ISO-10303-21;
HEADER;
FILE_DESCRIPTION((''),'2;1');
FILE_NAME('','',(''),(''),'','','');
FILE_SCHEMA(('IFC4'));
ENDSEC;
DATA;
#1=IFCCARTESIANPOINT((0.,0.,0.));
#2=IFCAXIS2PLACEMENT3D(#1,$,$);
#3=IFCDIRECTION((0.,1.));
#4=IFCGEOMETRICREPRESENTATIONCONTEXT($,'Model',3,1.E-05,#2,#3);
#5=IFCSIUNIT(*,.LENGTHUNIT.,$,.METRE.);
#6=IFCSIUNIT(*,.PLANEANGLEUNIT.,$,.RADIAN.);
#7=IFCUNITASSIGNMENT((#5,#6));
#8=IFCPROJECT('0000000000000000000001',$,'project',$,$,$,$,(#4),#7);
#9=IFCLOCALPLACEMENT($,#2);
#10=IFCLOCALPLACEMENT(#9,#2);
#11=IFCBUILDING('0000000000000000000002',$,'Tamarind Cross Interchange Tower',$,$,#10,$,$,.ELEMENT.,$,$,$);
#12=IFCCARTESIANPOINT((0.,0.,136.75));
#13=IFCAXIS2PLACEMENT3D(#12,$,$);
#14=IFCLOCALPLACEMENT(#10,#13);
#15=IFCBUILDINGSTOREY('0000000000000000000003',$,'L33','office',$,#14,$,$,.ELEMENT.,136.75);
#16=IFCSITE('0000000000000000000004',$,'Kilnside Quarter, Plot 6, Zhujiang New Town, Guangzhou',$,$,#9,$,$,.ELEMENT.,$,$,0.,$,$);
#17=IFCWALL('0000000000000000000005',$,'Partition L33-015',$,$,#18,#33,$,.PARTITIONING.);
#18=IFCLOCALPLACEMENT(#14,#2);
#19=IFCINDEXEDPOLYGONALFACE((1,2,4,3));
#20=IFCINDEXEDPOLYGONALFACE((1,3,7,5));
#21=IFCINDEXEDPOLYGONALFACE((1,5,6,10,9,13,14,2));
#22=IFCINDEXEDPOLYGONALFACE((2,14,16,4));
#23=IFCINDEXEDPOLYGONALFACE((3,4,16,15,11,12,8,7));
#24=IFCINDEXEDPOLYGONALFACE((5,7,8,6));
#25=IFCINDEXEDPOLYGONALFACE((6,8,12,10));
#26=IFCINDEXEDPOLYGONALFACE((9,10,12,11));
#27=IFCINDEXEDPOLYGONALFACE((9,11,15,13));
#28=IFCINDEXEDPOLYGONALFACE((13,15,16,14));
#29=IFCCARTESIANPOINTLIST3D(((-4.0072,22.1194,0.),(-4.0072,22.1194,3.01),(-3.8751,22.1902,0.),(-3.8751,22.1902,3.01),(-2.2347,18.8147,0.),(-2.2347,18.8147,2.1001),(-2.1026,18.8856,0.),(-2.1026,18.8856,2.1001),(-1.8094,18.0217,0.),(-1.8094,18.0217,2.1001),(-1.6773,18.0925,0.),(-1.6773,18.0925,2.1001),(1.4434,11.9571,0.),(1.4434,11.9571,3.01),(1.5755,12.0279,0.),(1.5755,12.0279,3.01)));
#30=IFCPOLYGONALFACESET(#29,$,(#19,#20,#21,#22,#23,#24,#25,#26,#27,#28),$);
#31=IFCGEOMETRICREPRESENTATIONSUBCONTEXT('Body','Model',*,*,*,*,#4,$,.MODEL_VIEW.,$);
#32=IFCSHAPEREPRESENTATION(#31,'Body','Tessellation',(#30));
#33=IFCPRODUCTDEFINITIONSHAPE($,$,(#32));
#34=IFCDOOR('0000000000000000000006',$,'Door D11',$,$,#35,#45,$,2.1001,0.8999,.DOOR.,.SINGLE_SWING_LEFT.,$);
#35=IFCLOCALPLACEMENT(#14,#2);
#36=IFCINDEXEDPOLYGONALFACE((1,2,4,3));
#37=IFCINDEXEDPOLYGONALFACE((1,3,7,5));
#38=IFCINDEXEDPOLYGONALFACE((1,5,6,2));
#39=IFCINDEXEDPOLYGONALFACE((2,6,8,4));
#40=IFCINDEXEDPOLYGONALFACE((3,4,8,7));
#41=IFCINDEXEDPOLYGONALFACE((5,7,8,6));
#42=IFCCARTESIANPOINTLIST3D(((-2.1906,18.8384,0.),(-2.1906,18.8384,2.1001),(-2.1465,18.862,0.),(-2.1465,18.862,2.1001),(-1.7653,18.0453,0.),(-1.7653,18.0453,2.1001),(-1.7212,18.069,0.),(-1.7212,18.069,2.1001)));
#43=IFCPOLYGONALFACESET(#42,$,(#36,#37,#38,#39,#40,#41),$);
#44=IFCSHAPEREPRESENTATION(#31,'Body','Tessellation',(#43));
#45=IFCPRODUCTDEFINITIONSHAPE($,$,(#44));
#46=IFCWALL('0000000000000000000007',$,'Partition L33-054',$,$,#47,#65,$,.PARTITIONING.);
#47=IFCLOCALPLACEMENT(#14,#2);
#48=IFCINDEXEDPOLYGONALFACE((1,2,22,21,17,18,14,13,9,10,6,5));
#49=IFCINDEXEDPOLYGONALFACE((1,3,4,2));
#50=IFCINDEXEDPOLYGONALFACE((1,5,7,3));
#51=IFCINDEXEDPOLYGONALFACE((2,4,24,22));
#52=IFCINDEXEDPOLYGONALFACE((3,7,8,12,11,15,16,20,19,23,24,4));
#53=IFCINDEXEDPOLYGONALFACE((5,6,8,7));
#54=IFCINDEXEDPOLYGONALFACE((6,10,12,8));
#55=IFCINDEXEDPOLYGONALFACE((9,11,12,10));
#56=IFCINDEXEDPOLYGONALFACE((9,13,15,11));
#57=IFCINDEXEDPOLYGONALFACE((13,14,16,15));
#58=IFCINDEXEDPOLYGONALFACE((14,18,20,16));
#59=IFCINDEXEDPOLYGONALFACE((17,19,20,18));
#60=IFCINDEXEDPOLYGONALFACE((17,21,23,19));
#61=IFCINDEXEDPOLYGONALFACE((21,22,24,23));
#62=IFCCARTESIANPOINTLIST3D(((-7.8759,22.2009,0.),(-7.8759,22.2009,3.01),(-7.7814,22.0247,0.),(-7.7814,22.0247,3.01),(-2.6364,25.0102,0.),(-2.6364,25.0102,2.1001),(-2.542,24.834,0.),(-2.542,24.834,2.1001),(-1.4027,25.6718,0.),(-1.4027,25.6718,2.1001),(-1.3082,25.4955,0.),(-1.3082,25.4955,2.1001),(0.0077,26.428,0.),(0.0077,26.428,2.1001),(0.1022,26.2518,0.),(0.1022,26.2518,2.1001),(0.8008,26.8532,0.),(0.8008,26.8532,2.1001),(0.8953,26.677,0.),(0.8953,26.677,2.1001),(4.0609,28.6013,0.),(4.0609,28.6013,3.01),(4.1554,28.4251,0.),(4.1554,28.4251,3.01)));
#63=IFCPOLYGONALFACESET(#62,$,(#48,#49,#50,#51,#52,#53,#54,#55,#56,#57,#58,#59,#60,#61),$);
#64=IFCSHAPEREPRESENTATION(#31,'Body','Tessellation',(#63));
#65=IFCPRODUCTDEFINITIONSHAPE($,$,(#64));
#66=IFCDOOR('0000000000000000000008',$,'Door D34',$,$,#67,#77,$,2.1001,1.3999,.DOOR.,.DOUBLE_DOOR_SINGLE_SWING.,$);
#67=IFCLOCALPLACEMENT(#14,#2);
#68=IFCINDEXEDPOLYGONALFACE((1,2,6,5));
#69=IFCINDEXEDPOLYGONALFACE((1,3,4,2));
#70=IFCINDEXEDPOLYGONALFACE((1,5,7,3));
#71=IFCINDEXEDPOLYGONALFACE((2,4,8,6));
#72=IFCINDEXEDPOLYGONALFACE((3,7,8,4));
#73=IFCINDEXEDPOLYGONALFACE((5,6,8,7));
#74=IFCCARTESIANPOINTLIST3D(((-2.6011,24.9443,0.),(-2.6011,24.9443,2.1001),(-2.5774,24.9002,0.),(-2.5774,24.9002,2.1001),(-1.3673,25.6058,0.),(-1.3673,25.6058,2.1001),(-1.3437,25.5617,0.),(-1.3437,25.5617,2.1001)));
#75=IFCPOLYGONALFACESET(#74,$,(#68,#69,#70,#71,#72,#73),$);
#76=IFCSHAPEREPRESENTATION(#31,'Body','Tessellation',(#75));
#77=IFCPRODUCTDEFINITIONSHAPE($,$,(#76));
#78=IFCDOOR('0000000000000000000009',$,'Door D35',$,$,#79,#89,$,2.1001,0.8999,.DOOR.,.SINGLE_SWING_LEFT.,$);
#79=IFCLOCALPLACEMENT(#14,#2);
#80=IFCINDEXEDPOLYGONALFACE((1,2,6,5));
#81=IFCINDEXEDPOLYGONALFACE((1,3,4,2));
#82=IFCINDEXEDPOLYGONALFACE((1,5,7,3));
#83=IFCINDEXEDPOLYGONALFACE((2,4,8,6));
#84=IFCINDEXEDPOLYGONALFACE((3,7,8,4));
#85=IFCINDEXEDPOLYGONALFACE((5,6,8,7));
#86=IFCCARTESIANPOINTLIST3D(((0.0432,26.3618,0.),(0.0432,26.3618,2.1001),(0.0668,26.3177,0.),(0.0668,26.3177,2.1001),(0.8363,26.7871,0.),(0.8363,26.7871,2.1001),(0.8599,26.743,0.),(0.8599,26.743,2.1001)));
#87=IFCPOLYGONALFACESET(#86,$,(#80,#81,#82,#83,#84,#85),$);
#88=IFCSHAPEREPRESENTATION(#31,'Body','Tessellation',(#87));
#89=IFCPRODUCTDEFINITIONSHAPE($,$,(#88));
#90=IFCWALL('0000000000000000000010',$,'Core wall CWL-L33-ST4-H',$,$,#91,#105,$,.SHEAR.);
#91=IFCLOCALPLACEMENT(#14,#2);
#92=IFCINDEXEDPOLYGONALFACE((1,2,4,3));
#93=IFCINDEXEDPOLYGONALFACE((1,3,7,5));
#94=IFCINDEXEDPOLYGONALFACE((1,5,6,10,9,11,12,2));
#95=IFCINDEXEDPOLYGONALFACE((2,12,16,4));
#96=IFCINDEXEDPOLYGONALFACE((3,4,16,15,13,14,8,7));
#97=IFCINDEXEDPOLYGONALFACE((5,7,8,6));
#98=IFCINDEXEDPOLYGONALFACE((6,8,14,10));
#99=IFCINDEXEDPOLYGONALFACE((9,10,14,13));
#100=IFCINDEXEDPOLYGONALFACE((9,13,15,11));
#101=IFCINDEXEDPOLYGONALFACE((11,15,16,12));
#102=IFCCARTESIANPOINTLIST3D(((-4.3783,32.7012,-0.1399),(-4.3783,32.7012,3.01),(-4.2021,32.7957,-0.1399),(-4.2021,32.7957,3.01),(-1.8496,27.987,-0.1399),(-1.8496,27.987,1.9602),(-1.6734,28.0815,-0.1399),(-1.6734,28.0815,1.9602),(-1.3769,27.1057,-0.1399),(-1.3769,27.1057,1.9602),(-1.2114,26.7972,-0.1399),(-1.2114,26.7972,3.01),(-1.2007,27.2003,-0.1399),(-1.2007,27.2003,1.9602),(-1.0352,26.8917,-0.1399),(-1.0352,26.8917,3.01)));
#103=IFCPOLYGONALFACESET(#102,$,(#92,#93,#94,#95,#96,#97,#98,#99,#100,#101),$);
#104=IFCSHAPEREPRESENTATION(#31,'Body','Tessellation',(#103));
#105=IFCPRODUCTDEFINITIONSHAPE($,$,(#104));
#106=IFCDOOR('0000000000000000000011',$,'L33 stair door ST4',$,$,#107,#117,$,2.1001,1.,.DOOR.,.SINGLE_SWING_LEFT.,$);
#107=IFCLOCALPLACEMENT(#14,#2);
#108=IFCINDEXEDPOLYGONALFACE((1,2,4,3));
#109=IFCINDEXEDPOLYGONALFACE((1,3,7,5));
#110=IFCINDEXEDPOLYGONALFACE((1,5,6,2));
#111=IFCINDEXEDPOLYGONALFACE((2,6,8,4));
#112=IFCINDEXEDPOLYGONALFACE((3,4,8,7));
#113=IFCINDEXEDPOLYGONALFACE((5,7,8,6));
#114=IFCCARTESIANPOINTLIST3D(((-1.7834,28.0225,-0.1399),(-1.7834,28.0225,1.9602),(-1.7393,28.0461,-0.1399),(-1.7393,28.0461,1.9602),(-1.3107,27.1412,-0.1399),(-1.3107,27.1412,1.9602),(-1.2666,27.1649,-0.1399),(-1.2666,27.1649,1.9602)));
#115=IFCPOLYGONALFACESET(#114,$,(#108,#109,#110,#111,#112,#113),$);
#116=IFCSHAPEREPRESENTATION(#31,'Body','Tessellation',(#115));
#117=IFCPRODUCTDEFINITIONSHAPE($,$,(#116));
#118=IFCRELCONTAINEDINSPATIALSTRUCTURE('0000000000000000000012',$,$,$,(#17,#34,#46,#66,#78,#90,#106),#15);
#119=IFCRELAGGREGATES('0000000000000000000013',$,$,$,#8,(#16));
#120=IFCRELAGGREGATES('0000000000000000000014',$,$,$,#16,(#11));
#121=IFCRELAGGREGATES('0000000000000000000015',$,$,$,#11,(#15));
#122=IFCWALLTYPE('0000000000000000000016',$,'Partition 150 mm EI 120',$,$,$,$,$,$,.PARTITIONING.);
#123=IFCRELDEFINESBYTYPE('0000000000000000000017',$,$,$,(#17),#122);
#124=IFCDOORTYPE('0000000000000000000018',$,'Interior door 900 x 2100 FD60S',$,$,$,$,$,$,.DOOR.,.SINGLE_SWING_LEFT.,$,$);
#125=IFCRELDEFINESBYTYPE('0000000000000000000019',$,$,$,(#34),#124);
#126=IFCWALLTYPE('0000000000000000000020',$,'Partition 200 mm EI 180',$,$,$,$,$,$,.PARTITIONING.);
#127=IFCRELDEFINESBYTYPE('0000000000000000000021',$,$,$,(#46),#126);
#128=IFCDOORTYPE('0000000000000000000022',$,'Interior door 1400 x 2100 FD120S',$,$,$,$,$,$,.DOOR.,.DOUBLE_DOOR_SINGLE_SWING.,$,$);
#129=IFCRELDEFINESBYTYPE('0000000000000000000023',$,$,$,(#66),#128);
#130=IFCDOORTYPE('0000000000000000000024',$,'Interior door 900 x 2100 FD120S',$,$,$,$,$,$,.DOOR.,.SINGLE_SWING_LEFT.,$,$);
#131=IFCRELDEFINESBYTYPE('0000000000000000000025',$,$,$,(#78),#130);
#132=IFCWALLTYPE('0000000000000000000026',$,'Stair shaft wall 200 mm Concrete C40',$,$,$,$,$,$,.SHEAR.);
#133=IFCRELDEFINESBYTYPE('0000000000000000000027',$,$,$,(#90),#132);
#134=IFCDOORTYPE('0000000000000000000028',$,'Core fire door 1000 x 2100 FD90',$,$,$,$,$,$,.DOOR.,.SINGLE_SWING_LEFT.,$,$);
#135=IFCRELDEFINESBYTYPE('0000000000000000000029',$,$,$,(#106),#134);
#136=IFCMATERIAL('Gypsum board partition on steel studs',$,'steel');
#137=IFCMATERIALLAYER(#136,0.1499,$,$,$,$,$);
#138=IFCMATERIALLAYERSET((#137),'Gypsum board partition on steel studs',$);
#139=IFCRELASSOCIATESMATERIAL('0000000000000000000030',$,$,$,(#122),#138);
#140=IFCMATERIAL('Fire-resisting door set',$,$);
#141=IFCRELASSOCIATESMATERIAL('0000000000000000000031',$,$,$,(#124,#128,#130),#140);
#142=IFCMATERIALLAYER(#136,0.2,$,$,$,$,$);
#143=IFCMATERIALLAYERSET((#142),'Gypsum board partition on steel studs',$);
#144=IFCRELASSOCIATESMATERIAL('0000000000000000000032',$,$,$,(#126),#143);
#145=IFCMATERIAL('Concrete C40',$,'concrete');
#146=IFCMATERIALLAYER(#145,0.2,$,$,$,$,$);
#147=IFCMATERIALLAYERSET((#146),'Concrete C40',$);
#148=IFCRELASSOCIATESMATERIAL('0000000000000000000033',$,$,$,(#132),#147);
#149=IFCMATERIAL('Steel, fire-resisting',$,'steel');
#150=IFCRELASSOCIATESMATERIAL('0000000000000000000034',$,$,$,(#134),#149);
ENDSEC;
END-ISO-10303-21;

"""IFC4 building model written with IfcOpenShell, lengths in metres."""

from ifc_helpers import new_model, si_unit, direction, frame, frame_2d, origin, place, context, subcontext, project, spatial, rectangle, extrude, material, layer, layer_set, type_object, element, fill, save


model = new_model("IFC4")

# Units and contexts
model_context = context("Model", 3, precision=1e-05, world=origin(), true_north=direction((0.0, 1.0)))
body_context = subcontext(model_context, "Body", "Model", "MODEL_VIEW")
ifc_project = project(units=[si_unit("LENGTHUNIT", "METRE"), si_unit("PLANEANGLEUNIT", "RADIAN")], contexts=[model_context])

# Site, building, storey
site_placement = place(None, origin())
site = spatial("IfcSite", under=ifc_project, at=site_placement, Name="Kilnside Quarter, Plot 6, Zhujiang New Town, Guangzhou", CompositionType="ELEMENT", RefElevation=0.0)
building_placement = place(site_placement, origin())
building = spatial("IfcBuilding", under=site, at=building_placement, Name="Tamarind Cross Interchange Tower", CompositionType="ELEMENT")
storey_placement = place(building_placement, frame((0.0, 0.0, 136.75)))
storey = spatial("IfcBuildingStorey", under=building, at=storey_placement, Name="L33", Description="office", CompositionType="ELEMENT", Elevation=136.75)

# Shared definitions
ifc_material_1 = material(Name="Gypsum board partition on steel studs", Category="steel")
ifc_layer_1 = layer(ifc_material_1, 0.1499)
ifc_layer_set_1 = layer_set([ifc_layer_1], Name="Gypsum board partition on steel studs")
wall_type_1 = type_object("IfcWallType", Name="Partition 150 mm EI 120", PredefinedType="PARTITIONING", material=ifc_layer_set_1)

# Wall, opening, door
wall_1_placement = place(storey_placement, frame((-3.9412, 22.1548, 0.0), z_axis=(0.0, 0.0, 1.0), x_axis=(0.472664, -0.881243, 0.0)))
wall_1 = element("IfcWall", 1, at=wall_1_placement, inside=storey, type_object=wall_type_1, Name="Partition L33-015", PredefinedType="PARTITIONING", context=body_context, shape_type="SweptSolid", body=[
    extrude(rectangle(XDim=11.5317, YDim=0.1499, at=frame_2d((5.7659, 0.0))), origin(), (0.0, 0.0, 1.0), 3.01),
])
opening_1_placement = place(wall_1_placement, frame((3.75, 0.0, 0.0)))
opening_1 = element("IfcOpeningElement", 2, at=opening_1_placement, cuts=wall_1, PredefinedType="OPENING", context=body_context, shape_type="SweptSolid", body=[
    extrude(rectangle(XDim=0.8999, YDim=2.1001, at=frame_2d((0.45, 1.05))), frame((0.0, 0.085, 0.0), z_axis=(0.0, -1.0, 0.0), x_axis=(1.0, 0.0, 0.0)), (0.0, 0.0, 1.0), 0.1699),
])
ifc_material_2 = material(Name="Fire-resisting door set")
door_type_1 = type_object("IfcDoorType", Name="Interior door 900 x 2100 FD60S", OperationType="SINGLE_SWING_LEFT", PredefinedType="DOOR", material=ifc_material_2)
door_1_placement = place(opening_1_placement, frame((0.8999, 0.0, 0.0), z_axis=(0.0, 0.0, 1.0), x_axis=(-1.0, 0.0, 0.0)))
door_1 = element("IfcDoor", 3, at=door_1_placement, inside=storey, type_object=door_type_1, Name="Door D11", OperationType="SINGLE_SWING_LEFT", OverallHeight=2.1001, OverallWidth=0.8999, PredefinedType="DOOR", context=body_context, shape_type="SweptSolid", body=[
    extrude(rectangle(XDim=0.8999, YDim=2.1001, at=frame_2d((0.45, 1.05))), frame((0.0, 0.0249, 0.0), z_axis=(0.0, -1.0, 0.0), x_axis=(1.0, 0.0, 0.0)), (0.0, 0.0, 1.0), 0.05),
])
fill(opening_1, door_1)

# Wall, openings, doors
ifc_layer_2 = layer(ifc_material_1, 0.2)
ifc_layer_set_2 = layer_set([ifc_layer_2], Name="Gypsum board partition on steel studs")
wall_type_2 = type_object("IfcWallType", Name="Partition 200 mm EI 180", PredefinedType="PARTITIONING", material=ifc_layer_set_2)
wall_2_placement = place(storey_placement, frame((-7.8286, 22.1128, 0.0), z_axis=(0.0, 0.0, 1.0), x_axis=(0.881305, 0.472548, 0.0)))
wall_2 = element("IfcWall", 4, at=wall_2_placement, inside=storey, type_object=wall_type_2, Name="Partition L33-054", PredefinedType="PARTITIONING", context=body_context, shape_type="SweptSolid", body=[
    extrude(rectangle(XDim=13.5444, YDim=0.2, at=frame_2d((6.7722, 0.0))), origin(), (0.0, 0.0, 1.0), 3.01),
])
opening_2_placement = place(wall_2_placement, frame((5.9451, 0.0, 0.0)))
opening_2 = element("IfcOpeningElement", 5, at=opening_2_placement, cuts=wall_2, PredefinedType="OPENING", context=body_context, shape_type="SweptSolid", body=[
    extrude(rectangle(XDim=1.3999, YDim=2.1001, at=frame_2d((0.7, 1.05))), frame((0.0, 0.1099, 0.0), z_axis=(0.0, -1.0, 0.0), x_axis=(1.0, 0.0, 0.0)), (0.0, 0.0, 1.0), 0.22),
])
opening_3_placement = place(wall_2_placement, frame((8.9453, 0.0, 0.0)))
opening_3 = element("IfcOpeningElement", 6, at=opening_3_placement, cuts=wall_2, PredefinedType="OPENING", context=body_context, shape_type="SweptSolid", body=[
    extrude(rectangle(XDim=0.8999, YDim=2.1001, at=frame_2d((0.45, 1.05))), frame((0.0, 0.1099, 0.0), z_axis=(0.0, -1.0, 0.0), x_axis=(1.0, 0.0, 0.0)), (0.0, 0.0, 1.0), 0.22),
])
door_type_2 = type_object("IfcDoorType", Name="Interior door 1400 x 2100 FD120S", OperationType="DOUBLE_DOOR_SINGLE_SWING", PredefinedType="DOOR", material=ifc_material_2)
door_2_placement = place(opening_2_placement, frame((1.3999, 0.0, 0.0), z_axis=(0.0, 0.0, 1.0), x_axis=(-1.0, 0.0, 0.0)))
door_2 = element("IfcDoor", 7, at=door_2_placement, inside=storey, type_object=door_type_2, Name="Door D34", OperationType="DOUBLE_DOOR_SINGLE_SWING", OverallHeight=2.1001, OverallWidth=1.3999, PredefinedType="DOOR", context=body_context, shape_type="SweptSolid", body=[
    extrude(rectangle(XDim=1.3999, YDim=2.1001, at=frame_2d((0.7, 1.05))), frame((0.0, 0.0249, 0.0), z_axis=(0.0, -1.0, 0.0), x_axis=(1.0, 0.0, 0.0)), (0.0, 0.0, 1.0), 0.05),
])
fill(opening_2, door_2)
door_type_3 = type_object("IfcDoorType", Name="Interior door 900 x 2100 FD120S", OperationType="SINGLE_SWING_LEFT", PredefinedType="DOOR", material=ifc_material_2)
door_3_placement = place(opening_3_placement, origin())
door_3 = element("IfcDoor", 8, at=door_3_placement, inside=storey, type_object=door_type_3, Name="Door D35", OperationType="SINGLE_SWING_LEFT", OverallHeight=2.1001, OverallWidth=0.8999, PredefinedType="DOOR", context=body_context, shape_type="SweptSolid", body=[
    extrude(rectangle(XDim=0.8999, YDim=2.1001, at=frame_2d((0.45, 1.05))), frame((0.0, 0.0249, 0.0), z_axis=(0.0, -1.0, 0.0), x_axis=(1.0, 0.0, 0.0)), (0.0, 0.0, 1.0), 0.05),
])
fill(opening_3, door_3)

# Wall, opening, door
ifc_material_3 = material(Name="Concrete C40", Category="concrete")
ifc_layer_3 = layer(ifc_material_3, 0.2)
ifc_layer_set_3 = layer_set([ifc_layer_3], Name="Concrete C40")
wall_type_3 = type_object("IfcWallType", Name="Stair shaft wall 200 mm Concrete C40", PredefinedType="SHEAR", material=ifc_layer_set_3)
wall_3_placement = place(storey_placement, frame((-1.1233, 26.8445, -0.1399), z_axis=(0.0, 0.0, 1.0), x_axis=(-0.472698, 0.881225, 0.0)))
wall_3 = element("IfcWall", 9, at=wall_3_placement, inside=storey, type_object=wall_type_3, Name="Core wall CWL-L33-ST4-H", PredefinedType="SHEAR", context=body_context, shape_type="SweptSolid", body=[
    extrude(rectangle(XDim=6.6997, YDim=0.2, at=frame_2d((3.3499, 0.0))), origin(), (0.0, 0.0, 1.0), 3.1499),
])
opening_4_placement = place(wall_3_placement, frame((0.3501, 0.0, 0.0)))
opening_4 = element("IfcOpeningElement", 10, at=opening_4_placement, cuts=wall_3, PredefinedType="OPENING", context=body_context, shape_type="SweptSolid", body=[
    extrude(rectangle(XDim=1.0, YDim=2.1001, at=frame_2d((0.5, 1.05))), frame((0.0, 0.1099, 0.0), z_axis=(0.0, -1.0, 0.0), x_axis=(1.0, 0.0, 0.0)), (0.0, 0.0, 1.0), 0.22),
])
ifc_material_4 = material(Name="Steel, fire-resisting", Category="steel")
door_type_4 = type_object("IfcDoorType", Name="Core fire door 1000 x 2100 FD90", OperationType="SINGLE_SWING_LEFT", PredefinedType="DOOR", material=ifc_material_4)
door_4_placement = place(opening_4_placement, origin())
door_4 = element("IfcDoor", 11, at=door_4_placement, inside=storey, type_object=door_type_4, Name="L33 stair door ST4", OperationType="SINGLE_SWING_LEFT", OverallHeight=2.1001, OverallWidth=1.0, PredefinedType="DOOR", context=body_context, shape_type="SweptSolid", body=[
    extrude(rectangle(XDim=1.0, YDim=2.1001, at=frame_2d((0.5, 1.05))), frame((0.0, 0.0249, 0.0), z_axis=(0.0, -1.0, 0.0), x_axis=(1.0, 0.0, 0.0)), (0.0, 0.0, 1.0), 0.05),
])
fill(opening_4, door_4)

save(model, "model.ifc")
